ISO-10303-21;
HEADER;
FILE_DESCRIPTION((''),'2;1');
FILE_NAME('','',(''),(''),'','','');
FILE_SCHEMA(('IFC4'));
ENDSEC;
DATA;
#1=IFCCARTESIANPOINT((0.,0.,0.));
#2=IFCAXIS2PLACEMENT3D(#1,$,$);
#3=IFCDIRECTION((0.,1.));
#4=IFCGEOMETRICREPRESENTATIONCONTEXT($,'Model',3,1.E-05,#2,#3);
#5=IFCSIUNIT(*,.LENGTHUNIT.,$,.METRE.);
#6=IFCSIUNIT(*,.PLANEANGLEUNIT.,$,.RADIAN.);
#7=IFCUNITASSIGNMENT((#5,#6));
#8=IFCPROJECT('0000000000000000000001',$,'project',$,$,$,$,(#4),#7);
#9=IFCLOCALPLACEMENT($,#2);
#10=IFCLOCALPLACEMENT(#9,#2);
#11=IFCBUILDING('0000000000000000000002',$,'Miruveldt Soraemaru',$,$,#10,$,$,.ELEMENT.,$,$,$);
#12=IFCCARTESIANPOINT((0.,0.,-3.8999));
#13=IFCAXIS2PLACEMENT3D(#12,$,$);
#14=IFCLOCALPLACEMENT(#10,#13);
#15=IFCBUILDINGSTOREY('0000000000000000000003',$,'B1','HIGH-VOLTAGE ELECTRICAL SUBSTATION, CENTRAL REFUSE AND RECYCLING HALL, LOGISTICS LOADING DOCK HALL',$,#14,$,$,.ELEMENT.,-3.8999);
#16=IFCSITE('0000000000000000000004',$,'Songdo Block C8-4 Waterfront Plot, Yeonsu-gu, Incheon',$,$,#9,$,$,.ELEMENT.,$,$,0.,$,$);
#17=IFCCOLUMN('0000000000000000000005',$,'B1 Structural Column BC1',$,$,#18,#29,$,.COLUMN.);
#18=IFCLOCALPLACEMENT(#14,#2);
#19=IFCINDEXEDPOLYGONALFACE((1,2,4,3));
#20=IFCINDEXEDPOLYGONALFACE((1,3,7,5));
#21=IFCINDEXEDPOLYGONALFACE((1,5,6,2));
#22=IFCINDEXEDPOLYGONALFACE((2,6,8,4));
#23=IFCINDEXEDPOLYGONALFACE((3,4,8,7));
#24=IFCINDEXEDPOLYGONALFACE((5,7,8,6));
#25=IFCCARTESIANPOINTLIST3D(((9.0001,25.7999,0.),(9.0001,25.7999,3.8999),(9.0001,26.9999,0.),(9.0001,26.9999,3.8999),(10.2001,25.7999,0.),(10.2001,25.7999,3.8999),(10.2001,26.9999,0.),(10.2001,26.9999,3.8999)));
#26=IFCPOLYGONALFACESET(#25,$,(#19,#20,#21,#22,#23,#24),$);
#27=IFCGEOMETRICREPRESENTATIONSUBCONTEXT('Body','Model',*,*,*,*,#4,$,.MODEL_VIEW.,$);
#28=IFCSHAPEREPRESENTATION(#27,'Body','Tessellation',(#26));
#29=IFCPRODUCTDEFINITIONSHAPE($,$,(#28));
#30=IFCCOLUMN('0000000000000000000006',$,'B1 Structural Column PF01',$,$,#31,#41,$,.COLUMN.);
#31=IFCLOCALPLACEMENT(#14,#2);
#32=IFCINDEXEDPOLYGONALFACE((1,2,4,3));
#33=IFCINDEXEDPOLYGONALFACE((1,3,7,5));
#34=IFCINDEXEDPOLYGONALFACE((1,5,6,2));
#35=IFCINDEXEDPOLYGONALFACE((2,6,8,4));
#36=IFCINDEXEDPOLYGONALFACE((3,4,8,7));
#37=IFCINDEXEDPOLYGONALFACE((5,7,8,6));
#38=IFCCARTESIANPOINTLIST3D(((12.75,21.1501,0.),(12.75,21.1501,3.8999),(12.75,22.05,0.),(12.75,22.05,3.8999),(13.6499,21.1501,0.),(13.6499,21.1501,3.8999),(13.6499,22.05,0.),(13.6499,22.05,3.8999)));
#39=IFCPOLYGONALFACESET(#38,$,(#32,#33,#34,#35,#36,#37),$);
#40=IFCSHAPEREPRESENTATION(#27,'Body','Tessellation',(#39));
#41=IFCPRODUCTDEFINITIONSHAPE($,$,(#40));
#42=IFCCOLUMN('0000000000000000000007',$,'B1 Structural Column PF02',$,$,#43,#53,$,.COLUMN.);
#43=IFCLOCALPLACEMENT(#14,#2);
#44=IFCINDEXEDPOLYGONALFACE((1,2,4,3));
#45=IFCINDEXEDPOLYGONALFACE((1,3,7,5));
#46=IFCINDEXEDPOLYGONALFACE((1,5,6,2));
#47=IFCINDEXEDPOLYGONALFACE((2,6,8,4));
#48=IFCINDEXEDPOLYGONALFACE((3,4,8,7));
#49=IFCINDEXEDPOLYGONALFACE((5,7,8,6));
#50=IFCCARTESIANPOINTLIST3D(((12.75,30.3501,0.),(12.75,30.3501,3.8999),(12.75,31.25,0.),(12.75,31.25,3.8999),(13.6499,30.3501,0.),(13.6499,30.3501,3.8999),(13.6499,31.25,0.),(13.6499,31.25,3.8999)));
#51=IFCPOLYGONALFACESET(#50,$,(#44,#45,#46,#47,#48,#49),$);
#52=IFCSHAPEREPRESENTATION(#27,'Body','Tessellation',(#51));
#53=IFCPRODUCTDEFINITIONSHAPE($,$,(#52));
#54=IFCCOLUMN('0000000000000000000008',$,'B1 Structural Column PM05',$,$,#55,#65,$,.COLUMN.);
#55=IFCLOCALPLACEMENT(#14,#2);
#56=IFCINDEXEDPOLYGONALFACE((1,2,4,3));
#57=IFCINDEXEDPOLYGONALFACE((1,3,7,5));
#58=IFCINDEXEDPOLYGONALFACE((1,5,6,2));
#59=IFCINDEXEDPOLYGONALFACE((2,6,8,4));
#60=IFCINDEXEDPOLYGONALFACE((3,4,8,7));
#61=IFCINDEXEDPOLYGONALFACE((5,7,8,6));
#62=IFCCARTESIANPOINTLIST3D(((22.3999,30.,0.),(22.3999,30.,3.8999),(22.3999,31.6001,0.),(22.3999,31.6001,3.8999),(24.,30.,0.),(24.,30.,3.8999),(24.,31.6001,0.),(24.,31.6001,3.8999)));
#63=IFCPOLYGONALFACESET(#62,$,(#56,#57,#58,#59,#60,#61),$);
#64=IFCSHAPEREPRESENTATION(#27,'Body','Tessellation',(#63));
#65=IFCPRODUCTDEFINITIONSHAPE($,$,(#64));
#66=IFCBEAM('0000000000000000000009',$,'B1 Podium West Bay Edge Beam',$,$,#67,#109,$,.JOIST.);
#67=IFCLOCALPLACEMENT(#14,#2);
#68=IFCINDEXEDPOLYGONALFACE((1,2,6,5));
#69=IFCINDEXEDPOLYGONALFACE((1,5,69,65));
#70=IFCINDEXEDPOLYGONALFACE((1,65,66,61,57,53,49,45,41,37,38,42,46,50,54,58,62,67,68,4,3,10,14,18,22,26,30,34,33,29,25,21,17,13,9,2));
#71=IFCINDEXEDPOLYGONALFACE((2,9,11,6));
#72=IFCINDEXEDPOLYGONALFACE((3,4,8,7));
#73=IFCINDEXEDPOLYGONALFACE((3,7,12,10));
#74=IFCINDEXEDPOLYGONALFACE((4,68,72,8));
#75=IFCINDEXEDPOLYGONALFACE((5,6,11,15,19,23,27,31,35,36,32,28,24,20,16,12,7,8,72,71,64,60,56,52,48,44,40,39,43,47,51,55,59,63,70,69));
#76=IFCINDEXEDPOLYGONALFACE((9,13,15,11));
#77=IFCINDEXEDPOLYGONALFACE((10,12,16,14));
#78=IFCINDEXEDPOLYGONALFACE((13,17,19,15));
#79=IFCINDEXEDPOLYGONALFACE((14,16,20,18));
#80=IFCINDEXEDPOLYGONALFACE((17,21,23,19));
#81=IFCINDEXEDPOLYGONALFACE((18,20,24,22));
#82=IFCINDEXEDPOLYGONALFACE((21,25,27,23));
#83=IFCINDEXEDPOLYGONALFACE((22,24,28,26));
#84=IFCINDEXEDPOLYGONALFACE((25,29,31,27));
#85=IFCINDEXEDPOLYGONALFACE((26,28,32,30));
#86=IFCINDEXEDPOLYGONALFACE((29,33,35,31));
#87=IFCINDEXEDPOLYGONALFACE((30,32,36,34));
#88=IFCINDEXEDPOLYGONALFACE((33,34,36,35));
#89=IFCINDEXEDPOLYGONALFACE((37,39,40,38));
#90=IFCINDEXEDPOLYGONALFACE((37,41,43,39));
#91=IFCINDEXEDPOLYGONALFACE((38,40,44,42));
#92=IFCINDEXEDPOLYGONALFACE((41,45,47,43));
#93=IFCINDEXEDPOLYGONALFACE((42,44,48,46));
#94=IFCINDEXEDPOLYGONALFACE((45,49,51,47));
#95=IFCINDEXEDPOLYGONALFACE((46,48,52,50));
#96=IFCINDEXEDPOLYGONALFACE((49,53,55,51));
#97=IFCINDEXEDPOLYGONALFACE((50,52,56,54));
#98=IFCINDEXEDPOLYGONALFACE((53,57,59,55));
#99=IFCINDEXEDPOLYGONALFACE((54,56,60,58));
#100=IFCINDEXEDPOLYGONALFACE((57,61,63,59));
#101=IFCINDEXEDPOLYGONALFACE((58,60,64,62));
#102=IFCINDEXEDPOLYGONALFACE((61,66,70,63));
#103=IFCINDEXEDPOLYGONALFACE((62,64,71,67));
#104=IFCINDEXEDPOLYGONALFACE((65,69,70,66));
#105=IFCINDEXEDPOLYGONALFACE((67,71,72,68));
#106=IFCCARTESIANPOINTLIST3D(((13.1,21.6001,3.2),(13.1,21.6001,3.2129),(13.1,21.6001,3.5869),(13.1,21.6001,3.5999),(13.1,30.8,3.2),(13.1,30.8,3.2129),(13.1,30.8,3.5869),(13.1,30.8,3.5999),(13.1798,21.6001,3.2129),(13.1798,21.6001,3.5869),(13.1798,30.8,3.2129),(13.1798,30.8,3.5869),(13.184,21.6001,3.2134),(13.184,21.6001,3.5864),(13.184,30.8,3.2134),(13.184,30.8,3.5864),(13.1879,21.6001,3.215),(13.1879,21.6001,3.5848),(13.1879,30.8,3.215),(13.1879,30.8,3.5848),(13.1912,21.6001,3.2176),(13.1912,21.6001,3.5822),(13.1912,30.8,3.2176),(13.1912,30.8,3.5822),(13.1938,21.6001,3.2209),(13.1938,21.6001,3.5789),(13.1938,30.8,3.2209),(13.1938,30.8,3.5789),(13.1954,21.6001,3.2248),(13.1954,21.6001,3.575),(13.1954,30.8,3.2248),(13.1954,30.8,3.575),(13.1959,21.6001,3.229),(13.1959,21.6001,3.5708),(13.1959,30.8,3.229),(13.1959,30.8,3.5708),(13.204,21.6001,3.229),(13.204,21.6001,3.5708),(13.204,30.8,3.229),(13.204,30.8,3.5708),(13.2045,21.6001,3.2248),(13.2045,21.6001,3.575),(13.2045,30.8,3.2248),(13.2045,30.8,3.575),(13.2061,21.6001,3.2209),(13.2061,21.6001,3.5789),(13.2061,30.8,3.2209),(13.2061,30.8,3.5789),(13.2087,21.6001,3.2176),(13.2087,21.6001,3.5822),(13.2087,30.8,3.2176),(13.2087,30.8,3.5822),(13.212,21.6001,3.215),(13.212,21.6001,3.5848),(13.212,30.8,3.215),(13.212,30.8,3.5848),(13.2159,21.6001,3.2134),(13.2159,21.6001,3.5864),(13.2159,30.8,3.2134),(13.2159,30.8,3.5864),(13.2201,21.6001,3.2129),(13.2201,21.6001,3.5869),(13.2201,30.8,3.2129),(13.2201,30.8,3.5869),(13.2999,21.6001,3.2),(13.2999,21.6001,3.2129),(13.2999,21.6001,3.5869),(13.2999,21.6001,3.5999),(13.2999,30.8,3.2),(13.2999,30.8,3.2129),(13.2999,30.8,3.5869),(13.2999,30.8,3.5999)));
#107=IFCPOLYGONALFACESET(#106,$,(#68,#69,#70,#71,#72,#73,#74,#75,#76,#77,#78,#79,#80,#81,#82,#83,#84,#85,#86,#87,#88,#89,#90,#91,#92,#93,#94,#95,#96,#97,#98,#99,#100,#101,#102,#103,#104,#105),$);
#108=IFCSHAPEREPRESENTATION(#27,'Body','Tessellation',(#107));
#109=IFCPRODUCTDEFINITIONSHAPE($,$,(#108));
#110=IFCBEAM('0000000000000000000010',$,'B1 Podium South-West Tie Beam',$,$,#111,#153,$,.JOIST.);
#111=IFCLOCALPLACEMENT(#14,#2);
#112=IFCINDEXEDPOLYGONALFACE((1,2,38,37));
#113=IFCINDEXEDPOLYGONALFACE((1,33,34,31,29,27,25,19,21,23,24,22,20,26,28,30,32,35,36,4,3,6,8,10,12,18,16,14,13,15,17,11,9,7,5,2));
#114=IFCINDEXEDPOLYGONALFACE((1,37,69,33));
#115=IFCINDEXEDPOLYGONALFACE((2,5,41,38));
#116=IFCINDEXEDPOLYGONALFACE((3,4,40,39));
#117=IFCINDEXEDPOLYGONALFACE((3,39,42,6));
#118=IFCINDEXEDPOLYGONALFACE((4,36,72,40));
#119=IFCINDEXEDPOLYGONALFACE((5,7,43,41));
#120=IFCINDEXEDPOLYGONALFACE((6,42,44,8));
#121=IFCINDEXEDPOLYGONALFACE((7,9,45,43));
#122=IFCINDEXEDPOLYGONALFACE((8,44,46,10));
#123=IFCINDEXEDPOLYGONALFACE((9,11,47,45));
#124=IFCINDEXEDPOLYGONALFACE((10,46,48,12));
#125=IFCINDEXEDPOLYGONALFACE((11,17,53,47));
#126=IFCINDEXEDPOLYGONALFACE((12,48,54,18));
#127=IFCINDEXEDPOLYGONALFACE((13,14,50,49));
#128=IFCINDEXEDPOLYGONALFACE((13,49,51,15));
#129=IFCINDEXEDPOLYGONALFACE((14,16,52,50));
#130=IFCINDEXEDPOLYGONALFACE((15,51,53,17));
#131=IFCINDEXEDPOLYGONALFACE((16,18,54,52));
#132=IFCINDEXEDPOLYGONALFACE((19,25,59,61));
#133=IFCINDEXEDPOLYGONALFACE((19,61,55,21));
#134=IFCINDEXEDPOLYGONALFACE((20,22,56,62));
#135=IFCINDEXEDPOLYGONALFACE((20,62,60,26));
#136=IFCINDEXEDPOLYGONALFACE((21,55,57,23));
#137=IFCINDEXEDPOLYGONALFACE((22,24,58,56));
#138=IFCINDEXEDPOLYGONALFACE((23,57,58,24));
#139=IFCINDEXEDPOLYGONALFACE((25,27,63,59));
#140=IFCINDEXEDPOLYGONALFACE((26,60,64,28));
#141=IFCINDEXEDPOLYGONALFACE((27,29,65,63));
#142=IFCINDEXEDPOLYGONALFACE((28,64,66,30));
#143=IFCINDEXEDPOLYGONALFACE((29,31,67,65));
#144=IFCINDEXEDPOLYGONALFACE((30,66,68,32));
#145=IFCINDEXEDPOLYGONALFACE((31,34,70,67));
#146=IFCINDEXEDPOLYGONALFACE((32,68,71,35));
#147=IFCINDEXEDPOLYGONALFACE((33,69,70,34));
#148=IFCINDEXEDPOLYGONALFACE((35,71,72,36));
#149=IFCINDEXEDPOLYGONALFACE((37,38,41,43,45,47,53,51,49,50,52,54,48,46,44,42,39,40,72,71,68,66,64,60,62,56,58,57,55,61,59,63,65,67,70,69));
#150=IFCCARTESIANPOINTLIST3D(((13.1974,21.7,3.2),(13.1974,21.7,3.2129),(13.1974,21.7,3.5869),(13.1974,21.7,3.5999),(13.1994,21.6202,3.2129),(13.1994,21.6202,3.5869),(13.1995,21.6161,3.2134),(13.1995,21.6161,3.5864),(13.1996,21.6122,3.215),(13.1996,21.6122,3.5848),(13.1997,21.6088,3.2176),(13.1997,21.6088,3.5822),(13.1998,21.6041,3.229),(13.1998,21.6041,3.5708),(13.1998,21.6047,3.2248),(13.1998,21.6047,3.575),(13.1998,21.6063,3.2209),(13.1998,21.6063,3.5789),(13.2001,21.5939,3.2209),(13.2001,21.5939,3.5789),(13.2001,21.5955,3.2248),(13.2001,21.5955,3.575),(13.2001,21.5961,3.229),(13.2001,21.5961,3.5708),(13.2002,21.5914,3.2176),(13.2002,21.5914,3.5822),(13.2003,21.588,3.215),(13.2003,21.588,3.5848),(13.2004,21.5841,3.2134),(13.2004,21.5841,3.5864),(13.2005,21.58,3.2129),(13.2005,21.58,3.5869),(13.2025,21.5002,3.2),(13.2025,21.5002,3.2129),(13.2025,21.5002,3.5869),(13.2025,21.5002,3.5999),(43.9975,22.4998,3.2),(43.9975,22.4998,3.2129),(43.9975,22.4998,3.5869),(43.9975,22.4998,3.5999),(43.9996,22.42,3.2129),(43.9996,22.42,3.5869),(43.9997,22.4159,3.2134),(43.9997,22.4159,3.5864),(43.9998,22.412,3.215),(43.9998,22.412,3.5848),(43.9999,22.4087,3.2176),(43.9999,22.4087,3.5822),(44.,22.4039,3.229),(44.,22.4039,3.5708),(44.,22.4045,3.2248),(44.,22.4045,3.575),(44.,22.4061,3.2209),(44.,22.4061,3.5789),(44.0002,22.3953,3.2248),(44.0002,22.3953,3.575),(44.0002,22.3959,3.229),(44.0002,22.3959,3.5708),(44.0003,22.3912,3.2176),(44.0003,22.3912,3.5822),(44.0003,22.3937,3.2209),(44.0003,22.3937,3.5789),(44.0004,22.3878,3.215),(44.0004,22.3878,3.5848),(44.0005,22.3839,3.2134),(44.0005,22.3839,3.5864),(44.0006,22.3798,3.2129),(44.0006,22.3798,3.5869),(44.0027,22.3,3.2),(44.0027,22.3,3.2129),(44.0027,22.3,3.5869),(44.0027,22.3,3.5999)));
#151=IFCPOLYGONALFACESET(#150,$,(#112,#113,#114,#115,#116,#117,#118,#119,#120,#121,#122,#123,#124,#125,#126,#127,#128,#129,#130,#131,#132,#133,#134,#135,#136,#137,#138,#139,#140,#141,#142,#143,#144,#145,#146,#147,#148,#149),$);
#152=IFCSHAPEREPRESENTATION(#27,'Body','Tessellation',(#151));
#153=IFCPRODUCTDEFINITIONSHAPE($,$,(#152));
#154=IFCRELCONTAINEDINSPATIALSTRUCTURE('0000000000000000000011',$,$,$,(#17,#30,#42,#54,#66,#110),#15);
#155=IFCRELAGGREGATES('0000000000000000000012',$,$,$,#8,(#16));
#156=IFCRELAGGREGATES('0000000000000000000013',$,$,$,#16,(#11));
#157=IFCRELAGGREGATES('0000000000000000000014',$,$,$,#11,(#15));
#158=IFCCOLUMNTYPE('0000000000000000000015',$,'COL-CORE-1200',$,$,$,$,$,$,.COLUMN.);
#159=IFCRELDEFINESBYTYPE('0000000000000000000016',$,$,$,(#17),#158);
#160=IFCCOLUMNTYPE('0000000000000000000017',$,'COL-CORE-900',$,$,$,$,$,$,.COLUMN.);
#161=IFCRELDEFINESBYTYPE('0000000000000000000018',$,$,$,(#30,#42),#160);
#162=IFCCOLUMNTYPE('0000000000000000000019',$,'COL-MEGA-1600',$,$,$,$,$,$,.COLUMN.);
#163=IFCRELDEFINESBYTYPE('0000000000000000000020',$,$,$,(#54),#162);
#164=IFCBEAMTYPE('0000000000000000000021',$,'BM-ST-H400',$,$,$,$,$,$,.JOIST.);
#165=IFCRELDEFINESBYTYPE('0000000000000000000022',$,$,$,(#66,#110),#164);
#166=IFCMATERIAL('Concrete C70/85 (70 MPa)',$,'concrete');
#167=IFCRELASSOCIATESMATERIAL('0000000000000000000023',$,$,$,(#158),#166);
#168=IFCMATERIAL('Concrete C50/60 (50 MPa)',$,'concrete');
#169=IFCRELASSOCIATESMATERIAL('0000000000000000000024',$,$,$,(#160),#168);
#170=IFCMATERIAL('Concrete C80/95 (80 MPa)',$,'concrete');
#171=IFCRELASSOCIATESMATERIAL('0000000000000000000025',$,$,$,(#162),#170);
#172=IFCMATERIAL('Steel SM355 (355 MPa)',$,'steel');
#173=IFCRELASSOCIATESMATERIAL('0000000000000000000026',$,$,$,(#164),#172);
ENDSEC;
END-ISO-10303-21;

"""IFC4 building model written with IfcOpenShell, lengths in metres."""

from ifc_helpers import new_model, si_unit, direction, frame, origin, origin_2d, place, context, subcontext, project, spatial, rectangle, i_section, extrude, material, material_profile, profile_set, type_object, element, save


model = new_model("IFC4")

# Units and contexts
model_context = context("Model", 3, precision=1e-05, world=origin(), true_north=direction((0.0, 1.0)))
body_context = subcontext(model_context, "Body", "Model", "MODEL_VIEW")
ifc_project = project(units=[si_unit("LENGTHUNIT", "METRE"), si_unit("PLANEANGLEUNIT", "RADIAN")], contexts=[model_context])

# Site, building, storey
site_placement = place(None, origin())
site = spatial("IfcSite", under=ifc_project, at=site_placement, Name="Songdo Block C8-4 Waterfront Plot, Yeonsu-gu, Incheon", CompositionType="ELEMENT", RefElevation=0.0)
building_placement = place(site_placement, origin())
building = spatial("IfcBuilding", under=site, at=building_placement, Name="Miruveldt Soraemaru", CompositionType="ELEMENT")
storey_placement = place(building_placement, frame((0.0, 0.0, -3.8999)))
storey = spatial("IfcBuildingStorey", under=building, at=storey_placement, Name="B1", Description="HIGH-VOLTAGE ELECTRICAL SUBSTATION, CENTRAL REFUSE AND RECYCLING HALL, LOGISTICS LOADING DOCK HALL", CompositionType="ELEMENT", Elevation=-3.8999)

# Columns
ifc_material_1 = material(Name="Concrete C70/85 (70 MPa)", Category="concrete")
ifc_material_profile_1 = material_profile(ifc_material_1, rectangle(XDim=1.2, YDim=1.2, at=origin_2d()), Name="Concrete C70/85 (70 MPa)", Category="concrete")
ifc_profile_set_1 = profile_set([ifc_material_profile_1], Name="Concrete C70/85 (70 MPa)")
column_type_1 = type_object("IfcColumnType", Name="COL-CORE-1200", PredefinedType="COLUMN", material=ifc_profile_set_1)
column_1_placement = place(storey_placement, frame((9.6001, 26.3999, 0.0), z_axis=(0.0, 0.0, 1.0), x_axis=(1.0, 0.0, 0.0)))
element("IfcColumn", 1, at=column_1_placement, inside=storey, type_object=column_type_1, Name="B1 Structural Column BC1", PredefinedType="COLUMN", context=body_context, shape_type="SweptSolid", body=[
    extrude(rectangle(XDim=1.2, YDim=1.2, at=origin_2d()), origin(), (0.0, 0.0, 1.0), 3.8999),
])
ifc_material_2 = material(Name="Concrete C50/60 (50 MPa)", Category="concrete")
ifc_material_profile_2 = material_profile(ifc_material_2, rectangle(XDim=0.8999, YDim=0.8999, at=origin_2d()), Name="Concrete C50/60 (50 MPa)", Category="concrete")
ifc_profile_set_2 = profile_set([ifc_material_profile_2], Name="Concrete C50/60 (50 MPa)")
column_type_2 = type_object("IfcColumnType", Name="COL-CORE-900", PredefinedType="COLUMN", material=ifc_profile_set_2)
for number, where, z_axis, x_axis, name in (
    (2, (13.2, 21.6001, 0.0), (0.0, 0.0, 1.0), (1.0, 0.0, 0.0), "B1 Structural Column PF01"),
    (3, (13.2, 30.8, 0.0), (0.0, 0.0, 1.0), (1.0, 0.0, 0.0), "B1 Structural Column PF02"),
):
    element("IfcColumn", number, at=place(storey_placement, frame(where, z_axis=z_axis, x_axis=x_axis)), inside=storey, type_object=column_type_2, Name=name, PredefinedType="COLUMN", context=body_context, shape_type="SweptSolid", body=[
        extrude(rectangle(XDim=0.8999, YDim=0.8999, at=origin_2d()), origin(), (0.0, 0.0, 1.0), 3.8999),
    ])
ifc_material_3 = material(Name="Concrete C80/95 (80 MPa)", Category="concrete")
ifc_material_profile_3 = material_profile(ifc_material_3, rectangle(XDim=1.6001, YDim=1.6001, at=origin_2d()), Name="Concrete C80/95 (80 MPa)", Category="concrete")
ifc_profile_set_3 = profile_set([ifc_material_profile_3], Name="Concrete C80/95 (80 MPa)")
column_type_3 = type_object("IfcColumnType", Name="COL-MEGA-1600", PredefinedType="COLUMN", material=ifc_profile_set_3)
column_2_placement = place(storey_placement, frame((23.2, 30.8, 0.0), z_axis=(0.0, 0.0, 1.0), x_axis=(1.0, 0.0, 0.0)))
element("IfcColumn", 4, at=column_2_placement, inside=storey, type_object=column_type_3, Name="B1 Structural Column PM05", PredefinedType="COLUMN", context=body_context, shape_type="SweptSolid", body=[
    extrude(rectangle(XDim=1.6001, YDim=1.6001, at=origin_2d()), origin(), (0.0, 0.0, 1.0), 3.8999),
])

# Beams
ifc_material_4 = material(Name="Steel SM355 (355 MPa)", Category="steel")
ifc_material_profile_4 = material_profile(ifc_material_4, i_section(OverallWidth=0.2, OverallDepth=0.3999, WebThickness=0.0081, FlangeThickness=0.0129, FilletRadius=0.0161, at=origin_2d()), Name="Steel SM355 (355 MPa)", Category="steel")
ifc_profile_set_4 = profile_set([ifc_material_profile_4], Name="Steel SM355 (355 MPa)")
beam_type_1 = type_object("IfcBeamType", Name="BM-ST-H400", PredefinedType="JOIST", material=ifc_profile_set_4)
beam_1_placement = place(storey_placement, frame((13.2, 30.8, 3.3999), z_axis=(0.0, -1.0, 0.0), x_axis=(1.0, 0.0, 0.0)))
element("IfcBeam", 5, at=beam_1_placement, inside=storey, type_object=beam_type_1, Name="B1 Podium West Bay Edge Beam", PredefinedType="JOIST", context=body_context, shape_type="SweptSolid", body=[
    extrude(i_section(OverallWidth=0.2, OverallDepth=0.3999, WebThickness=0.0081, FlangeThickness=0.0129, FilletRadius=0.0161, at=origin_2d()), origin(), (0.0, 0.0, 1.0), 9.2),
])
beam_2_placement = place(storey_placement, frame((13.2, 21.6001, 3.3999), z_axis=(0.999663, 0.025959, 0.0), x_axis=(-0.025959, 0.999663, 0.0)))
element("IfcBeam", 6, at=beam_2_placement, inside=storey, type_object=beam_type_1, Name="B1 Podium South-West Tie Beam", PredefinedType="JOIST", context=body_context, shape_type="SweptSolid", body=[
    extrude(i_section(OverallWidth=0.2, OverallDepth=0.3999, WebThickness=0.0081, FlangeThickness=0.0129, FilletRadius=0.0161, at=origin_2d()), origin(), (0.0, 0.0, 1.0), 30.8105),
])

save(model, "model.ifc")
